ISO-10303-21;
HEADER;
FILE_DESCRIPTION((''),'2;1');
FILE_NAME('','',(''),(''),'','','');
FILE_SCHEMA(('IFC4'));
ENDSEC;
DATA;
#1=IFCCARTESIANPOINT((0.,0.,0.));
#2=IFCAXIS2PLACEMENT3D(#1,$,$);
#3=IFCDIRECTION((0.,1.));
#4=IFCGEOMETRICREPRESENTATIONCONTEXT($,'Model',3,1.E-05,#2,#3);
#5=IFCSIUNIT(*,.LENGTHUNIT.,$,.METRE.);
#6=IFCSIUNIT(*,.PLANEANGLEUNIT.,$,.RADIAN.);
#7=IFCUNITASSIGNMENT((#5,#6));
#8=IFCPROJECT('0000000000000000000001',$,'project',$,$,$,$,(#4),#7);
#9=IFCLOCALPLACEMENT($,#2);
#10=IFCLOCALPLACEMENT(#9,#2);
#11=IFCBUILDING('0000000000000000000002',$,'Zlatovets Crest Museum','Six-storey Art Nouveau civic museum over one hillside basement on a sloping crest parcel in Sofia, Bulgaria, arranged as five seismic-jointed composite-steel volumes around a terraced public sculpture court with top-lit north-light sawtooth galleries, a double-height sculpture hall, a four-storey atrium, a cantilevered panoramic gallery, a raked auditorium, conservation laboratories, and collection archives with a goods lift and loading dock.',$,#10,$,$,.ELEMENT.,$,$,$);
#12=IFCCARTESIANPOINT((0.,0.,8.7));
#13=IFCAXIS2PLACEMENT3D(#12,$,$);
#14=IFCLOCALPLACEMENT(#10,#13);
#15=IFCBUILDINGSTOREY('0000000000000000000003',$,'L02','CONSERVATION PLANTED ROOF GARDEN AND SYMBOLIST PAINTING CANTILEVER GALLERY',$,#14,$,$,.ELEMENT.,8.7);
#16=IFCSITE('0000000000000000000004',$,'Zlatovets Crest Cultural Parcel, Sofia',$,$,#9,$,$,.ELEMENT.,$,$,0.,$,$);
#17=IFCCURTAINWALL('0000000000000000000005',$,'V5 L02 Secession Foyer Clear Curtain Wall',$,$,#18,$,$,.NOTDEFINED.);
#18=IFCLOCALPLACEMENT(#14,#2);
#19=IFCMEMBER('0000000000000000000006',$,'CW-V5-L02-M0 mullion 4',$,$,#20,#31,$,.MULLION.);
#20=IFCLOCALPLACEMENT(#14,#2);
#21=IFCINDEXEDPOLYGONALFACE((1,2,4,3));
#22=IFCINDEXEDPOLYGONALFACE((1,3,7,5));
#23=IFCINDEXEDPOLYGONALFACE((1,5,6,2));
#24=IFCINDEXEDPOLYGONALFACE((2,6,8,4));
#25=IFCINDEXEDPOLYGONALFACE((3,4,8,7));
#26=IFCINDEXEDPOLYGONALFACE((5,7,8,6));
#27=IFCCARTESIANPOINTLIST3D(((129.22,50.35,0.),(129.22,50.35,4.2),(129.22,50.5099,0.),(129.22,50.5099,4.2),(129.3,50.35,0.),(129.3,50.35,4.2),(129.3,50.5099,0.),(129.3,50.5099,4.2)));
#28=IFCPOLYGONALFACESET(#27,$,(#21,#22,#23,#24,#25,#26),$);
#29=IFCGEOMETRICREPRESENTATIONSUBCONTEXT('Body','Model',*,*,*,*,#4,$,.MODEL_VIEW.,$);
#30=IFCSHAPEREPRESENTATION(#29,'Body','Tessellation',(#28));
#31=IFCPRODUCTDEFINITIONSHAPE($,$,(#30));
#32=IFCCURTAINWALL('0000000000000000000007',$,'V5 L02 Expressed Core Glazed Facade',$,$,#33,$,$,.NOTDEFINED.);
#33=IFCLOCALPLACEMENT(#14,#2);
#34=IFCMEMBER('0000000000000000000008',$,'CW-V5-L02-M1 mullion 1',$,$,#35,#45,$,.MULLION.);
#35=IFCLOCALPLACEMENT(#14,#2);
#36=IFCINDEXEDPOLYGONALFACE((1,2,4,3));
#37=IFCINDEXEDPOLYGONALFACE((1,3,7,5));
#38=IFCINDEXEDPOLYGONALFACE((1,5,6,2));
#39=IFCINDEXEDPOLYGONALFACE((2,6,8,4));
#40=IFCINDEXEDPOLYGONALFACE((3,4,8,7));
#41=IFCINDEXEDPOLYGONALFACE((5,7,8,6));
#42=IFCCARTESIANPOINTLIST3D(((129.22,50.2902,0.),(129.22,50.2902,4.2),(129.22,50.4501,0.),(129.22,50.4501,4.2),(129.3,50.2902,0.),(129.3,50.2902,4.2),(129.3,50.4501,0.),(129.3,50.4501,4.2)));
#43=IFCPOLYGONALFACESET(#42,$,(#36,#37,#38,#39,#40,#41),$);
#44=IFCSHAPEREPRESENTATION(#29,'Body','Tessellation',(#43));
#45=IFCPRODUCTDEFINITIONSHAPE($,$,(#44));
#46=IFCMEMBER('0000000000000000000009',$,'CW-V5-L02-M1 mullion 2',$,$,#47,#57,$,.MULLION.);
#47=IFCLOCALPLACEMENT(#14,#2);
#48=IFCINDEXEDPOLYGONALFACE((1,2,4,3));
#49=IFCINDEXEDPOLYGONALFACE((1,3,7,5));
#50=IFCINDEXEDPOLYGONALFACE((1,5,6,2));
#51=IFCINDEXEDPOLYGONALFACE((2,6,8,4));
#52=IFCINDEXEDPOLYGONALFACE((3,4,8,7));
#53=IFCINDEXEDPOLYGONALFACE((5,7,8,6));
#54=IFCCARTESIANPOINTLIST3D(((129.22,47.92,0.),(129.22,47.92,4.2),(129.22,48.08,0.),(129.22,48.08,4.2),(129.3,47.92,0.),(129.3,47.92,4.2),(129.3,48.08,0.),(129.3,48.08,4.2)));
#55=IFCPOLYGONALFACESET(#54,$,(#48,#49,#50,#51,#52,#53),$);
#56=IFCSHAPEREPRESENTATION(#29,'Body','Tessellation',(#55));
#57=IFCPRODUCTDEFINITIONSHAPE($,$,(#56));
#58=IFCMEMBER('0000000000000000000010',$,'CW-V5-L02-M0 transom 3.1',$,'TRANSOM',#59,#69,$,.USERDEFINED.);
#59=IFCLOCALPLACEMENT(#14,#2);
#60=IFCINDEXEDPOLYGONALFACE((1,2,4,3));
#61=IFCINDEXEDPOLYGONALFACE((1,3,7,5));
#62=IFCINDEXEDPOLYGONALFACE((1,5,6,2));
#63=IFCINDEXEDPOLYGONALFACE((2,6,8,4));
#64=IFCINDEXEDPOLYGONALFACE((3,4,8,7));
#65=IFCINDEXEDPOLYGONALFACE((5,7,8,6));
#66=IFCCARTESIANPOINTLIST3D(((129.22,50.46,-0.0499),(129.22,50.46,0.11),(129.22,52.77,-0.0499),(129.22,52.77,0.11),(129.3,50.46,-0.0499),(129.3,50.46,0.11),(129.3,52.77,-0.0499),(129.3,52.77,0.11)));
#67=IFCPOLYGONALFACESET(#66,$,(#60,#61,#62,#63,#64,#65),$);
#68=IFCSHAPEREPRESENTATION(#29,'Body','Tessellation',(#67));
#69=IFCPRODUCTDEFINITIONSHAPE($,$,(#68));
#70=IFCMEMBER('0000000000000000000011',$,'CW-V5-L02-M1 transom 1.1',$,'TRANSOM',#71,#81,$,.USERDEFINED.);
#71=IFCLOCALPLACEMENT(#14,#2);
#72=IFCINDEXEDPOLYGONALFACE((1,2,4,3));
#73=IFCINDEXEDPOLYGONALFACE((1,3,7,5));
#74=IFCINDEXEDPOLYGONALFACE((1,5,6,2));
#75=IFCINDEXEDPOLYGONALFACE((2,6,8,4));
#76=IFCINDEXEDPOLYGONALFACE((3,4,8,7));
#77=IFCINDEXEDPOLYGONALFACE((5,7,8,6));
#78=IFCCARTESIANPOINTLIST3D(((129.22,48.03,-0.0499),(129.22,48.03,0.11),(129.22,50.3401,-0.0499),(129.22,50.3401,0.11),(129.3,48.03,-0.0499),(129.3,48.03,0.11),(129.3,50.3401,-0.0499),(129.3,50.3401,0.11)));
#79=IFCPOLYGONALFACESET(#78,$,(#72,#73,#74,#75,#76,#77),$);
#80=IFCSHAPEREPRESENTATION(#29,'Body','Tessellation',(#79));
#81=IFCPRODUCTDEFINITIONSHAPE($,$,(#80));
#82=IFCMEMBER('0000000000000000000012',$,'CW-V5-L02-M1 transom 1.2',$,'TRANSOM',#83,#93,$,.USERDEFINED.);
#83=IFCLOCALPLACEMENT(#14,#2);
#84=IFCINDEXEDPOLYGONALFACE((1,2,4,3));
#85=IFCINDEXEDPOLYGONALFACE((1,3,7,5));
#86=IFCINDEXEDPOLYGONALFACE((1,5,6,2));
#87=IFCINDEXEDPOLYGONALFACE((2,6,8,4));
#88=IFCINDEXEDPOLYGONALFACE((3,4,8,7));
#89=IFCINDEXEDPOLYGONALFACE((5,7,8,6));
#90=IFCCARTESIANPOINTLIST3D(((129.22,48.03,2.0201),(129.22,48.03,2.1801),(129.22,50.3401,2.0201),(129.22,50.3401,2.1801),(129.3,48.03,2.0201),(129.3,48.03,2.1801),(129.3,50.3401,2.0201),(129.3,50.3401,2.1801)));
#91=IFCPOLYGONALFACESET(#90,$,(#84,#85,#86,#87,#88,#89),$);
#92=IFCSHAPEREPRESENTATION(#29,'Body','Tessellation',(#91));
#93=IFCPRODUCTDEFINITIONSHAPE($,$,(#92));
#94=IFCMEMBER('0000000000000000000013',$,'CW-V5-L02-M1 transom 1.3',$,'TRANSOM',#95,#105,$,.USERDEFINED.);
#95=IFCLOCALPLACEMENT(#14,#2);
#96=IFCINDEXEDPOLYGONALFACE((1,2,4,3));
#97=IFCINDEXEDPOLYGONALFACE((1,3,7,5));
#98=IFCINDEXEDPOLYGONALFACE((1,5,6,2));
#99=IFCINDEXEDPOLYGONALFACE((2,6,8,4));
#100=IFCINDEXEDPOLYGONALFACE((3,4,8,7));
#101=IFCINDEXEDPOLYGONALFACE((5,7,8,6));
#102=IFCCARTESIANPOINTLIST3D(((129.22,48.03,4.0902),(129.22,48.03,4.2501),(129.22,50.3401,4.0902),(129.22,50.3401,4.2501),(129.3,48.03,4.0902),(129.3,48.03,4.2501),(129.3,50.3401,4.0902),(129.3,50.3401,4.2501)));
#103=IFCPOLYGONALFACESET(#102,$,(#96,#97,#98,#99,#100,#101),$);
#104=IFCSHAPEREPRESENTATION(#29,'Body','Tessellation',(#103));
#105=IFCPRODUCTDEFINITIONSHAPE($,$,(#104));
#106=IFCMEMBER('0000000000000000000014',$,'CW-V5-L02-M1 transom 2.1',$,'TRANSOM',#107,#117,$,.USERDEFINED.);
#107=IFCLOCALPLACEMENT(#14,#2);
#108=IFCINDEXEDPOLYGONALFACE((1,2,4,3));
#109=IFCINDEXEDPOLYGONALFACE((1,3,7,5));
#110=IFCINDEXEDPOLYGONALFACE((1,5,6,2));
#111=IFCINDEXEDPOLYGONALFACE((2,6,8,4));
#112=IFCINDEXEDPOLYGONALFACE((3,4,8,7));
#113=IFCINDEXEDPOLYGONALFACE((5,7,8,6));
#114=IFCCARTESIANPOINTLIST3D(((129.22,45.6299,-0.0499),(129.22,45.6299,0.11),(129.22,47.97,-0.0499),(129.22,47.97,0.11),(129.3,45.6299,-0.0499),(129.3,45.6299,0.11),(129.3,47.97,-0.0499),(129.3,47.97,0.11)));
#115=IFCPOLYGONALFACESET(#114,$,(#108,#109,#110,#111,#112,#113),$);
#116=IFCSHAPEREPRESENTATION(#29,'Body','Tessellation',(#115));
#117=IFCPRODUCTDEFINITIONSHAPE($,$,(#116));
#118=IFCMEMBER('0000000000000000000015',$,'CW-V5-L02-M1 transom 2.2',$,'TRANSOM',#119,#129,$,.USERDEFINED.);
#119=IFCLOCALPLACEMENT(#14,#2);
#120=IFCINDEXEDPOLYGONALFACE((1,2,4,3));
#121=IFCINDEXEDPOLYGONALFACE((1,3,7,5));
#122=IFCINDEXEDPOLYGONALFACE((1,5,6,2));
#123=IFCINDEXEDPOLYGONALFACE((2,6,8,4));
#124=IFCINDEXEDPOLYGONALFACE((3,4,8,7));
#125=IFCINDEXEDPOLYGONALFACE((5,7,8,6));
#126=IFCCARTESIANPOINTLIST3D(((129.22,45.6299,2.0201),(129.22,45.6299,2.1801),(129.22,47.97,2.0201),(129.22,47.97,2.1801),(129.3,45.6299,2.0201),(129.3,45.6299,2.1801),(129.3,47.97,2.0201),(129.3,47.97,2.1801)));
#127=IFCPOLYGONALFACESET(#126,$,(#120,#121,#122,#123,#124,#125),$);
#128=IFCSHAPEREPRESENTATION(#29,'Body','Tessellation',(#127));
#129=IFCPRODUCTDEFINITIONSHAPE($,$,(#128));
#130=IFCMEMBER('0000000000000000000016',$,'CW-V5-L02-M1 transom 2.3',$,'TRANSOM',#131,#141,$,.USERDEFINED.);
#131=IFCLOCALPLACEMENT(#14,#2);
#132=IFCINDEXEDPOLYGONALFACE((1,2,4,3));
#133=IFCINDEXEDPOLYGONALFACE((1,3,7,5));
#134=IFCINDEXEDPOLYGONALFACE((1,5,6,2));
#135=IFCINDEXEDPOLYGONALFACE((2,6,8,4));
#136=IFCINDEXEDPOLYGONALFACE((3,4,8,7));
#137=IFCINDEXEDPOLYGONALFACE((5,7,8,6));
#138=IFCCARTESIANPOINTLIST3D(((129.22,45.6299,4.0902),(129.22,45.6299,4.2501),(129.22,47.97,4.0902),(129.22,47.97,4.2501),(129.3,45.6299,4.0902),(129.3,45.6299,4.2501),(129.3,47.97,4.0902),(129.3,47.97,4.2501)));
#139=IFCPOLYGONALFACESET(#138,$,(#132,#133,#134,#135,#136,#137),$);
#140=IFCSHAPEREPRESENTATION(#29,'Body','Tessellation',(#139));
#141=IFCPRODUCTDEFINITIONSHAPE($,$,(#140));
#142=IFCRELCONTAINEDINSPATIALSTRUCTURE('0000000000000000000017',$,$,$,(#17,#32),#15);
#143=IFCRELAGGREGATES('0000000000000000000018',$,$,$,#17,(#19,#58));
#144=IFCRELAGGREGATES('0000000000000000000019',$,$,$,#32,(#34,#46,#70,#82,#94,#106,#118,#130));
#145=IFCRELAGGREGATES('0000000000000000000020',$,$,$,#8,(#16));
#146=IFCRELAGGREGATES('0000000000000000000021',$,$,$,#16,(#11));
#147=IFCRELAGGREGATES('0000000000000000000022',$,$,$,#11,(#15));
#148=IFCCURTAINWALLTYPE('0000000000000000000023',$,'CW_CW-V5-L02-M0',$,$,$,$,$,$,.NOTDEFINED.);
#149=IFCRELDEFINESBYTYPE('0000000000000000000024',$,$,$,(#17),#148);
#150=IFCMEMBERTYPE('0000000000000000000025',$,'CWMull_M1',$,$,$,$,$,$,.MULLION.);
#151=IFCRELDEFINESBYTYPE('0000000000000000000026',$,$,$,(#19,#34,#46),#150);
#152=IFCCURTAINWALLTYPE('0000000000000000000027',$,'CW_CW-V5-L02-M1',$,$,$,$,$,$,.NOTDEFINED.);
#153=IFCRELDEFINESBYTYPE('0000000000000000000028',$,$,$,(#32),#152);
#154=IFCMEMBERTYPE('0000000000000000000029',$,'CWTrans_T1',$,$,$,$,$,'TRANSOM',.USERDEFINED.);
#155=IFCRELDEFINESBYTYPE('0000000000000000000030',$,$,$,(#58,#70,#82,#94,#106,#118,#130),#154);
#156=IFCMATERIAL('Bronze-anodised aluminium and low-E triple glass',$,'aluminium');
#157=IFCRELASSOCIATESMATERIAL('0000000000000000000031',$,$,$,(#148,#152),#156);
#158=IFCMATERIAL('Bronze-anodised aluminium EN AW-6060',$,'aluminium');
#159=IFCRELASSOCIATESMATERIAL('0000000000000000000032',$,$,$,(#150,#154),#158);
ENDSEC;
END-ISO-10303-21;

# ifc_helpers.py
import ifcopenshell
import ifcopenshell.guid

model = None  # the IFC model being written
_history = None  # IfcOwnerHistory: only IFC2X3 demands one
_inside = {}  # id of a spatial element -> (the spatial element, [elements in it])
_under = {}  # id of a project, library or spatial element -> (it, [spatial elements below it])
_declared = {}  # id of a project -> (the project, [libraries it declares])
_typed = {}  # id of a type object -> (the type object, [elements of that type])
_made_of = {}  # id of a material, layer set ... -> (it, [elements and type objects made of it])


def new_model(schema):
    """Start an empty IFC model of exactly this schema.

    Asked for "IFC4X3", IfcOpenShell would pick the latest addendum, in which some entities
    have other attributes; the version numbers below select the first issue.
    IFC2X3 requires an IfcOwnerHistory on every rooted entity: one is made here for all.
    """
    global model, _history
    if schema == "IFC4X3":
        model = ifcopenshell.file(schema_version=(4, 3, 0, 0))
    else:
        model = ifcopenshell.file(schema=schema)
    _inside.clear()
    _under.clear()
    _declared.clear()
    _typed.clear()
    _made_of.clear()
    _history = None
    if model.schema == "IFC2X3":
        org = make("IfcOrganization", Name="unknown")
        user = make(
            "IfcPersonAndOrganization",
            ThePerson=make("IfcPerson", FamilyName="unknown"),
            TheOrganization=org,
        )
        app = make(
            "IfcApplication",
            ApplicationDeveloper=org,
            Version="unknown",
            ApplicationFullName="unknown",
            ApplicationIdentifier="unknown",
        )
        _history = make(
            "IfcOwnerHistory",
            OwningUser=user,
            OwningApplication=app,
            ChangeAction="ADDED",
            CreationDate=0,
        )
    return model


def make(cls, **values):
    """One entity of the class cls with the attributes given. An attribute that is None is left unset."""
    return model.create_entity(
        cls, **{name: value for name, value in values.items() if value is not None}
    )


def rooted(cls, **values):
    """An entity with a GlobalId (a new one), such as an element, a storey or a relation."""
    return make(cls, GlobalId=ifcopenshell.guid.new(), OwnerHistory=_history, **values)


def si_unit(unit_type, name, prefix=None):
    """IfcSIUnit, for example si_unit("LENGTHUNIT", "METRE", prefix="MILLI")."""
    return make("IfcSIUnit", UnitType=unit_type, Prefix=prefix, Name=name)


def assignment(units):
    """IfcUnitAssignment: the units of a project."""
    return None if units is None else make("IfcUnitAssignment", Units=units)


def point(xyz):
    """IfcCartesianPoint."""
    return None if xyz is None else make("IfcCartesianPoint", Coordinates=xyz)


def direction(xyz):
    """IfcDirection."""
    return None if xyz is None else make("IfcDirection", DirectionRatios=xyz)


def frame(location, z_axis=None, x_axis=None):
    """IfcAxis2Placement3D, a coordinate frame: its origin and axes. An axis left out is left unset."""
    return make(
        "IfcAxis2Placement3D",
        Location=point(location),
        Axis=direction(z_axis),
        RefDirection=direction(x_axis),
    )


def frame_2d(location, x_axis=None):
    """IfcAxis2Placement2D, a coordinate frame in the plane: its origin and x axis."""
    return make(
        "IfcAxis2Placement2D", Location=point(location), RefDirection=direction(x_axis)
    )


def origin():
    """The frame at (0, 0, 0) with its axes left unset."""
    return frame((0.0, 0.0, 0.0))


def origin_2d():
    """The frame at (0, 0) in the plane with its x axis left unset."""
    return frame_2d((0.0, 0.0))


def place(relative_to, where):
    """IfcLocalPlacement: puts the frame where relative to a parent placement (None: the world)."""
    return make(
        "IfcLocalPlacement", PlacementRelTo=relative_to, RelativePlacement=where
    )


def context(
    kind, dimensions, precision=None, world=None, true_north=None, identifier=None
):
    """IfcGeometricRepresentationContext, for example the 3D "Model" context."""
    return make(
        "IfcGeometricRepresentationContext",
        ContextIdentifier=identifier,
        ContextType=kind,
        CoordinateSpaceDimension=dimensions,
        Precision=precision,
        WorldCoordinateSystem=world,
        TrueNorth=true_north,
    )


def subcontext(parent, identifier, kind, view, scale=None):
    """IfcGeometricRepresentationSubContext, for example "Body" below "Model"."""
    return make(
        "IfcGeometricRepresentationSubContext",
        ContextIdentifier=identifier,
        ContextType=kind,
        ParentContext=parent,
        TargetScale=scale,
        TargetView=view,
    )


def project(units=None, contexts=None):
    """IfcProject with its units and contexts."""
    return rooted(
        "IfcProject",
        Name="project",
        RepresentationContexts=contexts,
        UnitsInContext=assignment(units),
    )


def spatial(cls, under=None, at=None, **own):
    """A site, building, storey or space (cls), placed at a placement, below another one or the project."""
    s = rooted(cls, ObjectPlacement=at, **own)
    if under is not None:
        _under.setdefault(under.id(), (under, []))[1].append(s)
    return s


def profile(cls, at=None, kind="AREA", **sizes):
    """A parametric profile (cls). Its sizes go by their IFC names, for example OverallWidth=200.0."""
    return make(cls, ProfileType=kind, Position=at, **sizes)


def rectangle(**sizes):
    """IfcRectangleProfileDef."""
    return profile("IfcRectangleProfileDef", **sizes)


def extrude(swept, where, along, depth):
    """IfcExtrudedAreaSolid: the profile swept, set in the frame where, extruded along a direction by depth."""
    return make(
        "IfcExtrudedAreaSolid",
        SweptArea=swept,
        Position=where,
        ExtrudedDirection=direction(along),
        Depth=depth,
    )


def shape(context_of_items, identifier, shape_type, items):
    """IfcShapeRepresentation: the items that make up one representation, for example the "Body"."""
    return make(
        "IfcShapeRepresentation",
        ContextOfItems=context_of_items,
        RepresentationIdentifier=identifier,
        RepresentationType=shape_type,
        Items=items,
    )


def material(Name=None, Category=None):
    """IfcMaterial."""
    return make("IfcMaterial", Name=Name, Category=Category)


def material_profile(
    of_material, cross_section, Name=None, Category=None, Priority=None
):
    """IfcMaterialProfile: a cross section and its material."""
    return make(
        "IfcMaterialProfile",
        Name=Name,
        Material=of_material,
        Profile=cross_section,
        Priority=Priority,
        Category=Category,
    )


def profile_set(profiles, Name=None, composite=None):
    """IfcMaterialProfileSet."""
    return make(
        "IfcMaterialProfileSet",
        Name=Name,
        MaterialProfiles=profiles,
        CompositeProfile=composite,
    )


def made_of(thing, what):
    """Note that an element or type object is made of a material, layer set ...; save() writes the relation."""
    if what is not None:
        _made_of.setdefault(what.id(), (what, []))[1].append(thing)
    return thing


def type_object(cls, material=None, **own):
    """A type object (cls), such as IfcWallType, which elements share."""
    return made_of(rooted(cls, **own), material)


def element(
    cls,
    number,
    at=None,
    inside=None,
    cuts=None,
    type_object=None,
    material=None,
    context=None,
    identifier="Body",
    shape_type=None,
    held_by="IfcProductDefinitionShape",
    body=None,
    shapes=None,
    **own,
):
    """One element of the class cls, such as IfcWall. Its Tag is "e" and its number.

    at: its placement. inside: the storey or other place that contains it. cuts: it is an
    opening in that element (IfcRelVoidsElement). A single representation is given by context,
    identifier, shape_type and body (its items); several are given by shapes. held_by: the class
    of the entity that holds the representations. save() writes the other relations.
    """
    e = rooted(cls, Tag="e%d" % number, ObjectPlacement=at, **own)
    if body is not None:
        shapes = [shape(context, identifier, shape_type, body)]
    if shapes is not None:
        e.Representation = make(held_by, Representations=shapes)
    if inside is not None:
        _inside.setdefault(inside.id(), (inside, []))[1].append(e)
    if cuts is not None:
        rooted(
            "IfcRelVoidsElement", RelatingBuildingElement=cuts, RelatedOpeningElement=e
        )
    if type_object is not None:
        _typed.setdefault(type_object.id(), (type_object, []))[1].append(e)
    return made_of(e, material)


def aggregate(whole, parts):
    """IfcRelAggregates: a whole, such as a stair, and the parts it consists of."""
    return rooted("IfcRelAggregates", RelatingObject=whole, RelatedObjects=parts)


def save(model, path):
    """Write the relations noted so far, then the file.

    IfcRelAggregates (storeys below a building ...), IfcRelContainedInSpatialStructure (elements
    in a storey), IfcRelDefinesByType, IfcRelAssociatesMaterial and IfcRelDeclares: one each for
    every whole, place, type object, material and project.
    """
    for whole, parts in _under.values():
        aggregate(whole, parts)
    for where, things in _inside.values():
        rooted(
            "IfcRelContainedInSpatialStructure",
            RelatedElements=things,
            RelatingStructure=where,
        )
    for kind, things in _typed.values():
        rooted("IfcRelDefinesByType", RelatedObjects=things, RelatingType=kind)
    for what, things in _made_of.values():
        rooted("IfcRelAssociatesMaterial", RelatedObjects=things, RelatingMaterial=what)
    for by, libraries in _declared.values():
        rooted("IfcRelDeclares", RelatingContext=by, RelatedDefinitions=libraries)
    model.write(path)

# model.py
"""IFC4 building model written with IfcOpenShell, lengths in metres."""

from ifc_helpers import new_model, si_unit, direction, frame, origin, origin_2d, place, context, subcontext, project, spatial, rectangle, extrude, material, material_profile, profile_set, type_object, element, aggregate, save


model = new_model("IFC4")

# Units and contexts
model_context = context("Model", 3, precision=1e-05, world=origin(), true_north=direction((0.0, 1.0)))
body_context = subcontext(model_context, "Body", "Model", "MODEL_VIEW")
ifc_project = project(units=[si_unit("LENGTHUNIT", "METRE"), si_unit("PLANEANGLEUNIT", "RADIAN")], contexts=[model_context])

# Site, building, storey
site_placement = place(None, origin())
site = spatial("IfcSite", under=ifc_project, at=site_placement, Name="Zlatovets Crest Cultural Parcel, Sofia", CompositionType="ELEMENT", RefElevation=0.0)
building_placement = place(site_placement, origin())
building = spatial("IfcBuilding", under=site, at=building_placement, Name="Zlatovets Crest Museum", Description="Six-storey Art Nouveau civic museum over one hillside basement on a sloping crest parcel in Sofia, Bulgaria, arranged as five seismic-jointed composite-steel volumes around a terraced public sculpture court with top-lit north-light sawtooth galleries, a double-height sculpture hall, a four-storey atrium, a cantilevered panoramic gallery, a raked auditorium, conservation laboratories, and collection archives with a goods lift and loading dock.", CompositionType="ELEMENT")
storey_placement = place(building_placement, frame((0.0, 0.0, 8.7)))
storey = spatial("IfcBuildingStorey", under=building, at=storey_placement, Name="L02", Description="CONSERVATION PLANTED ROOF GARDEN AND SYMBOLIST PAINTING CANTILEVER GALLERY", CompositionType="ELEMENT", Elevation=8.7)

# Curtain wall, member
ifc_material_1 = material(Name="Bronze-anodised aluminium and low-E triple glass", Category="aluminium")
curtain_wall_type_1 = type_object("IfcCurtainWallType", Name="CW_CW-V5-L02-M0", PredefinedType="NOTDEFINED", material=ifc_material_1)
curtain_wall_1_placement = place(storey_placement, origin())
curtain_wall_1 = element("IfcCurtainWall", 1, at=curtain_wall_1_placement, inside=storey, type_object=curtain_wall_type_1, Name="V5 L02 Secession Foyer Clear Curtain Wall", PredefinedType="NOTDEFINED")
ifc_material_2 = material(Name="Bronze-anodised aluminium EN AW-6060", Category="aluminium")
ifc_material_profile_1 = material_profile(ifc_material_2, rectangle(XDim=0.0801, YDim=0.1599, at=origin_2d()), Name="ALU 80x160")
ifc_profile_set_1 = profile_set([ifc_material_profile_1], Name="Bronze-anodised aluminium EN AW-6060")
member_type_1 = type_object("IfcMemberType", Name="CWMull_M1", PredefinedType="MULLION", material=ifc_profile_set_1)
member_1_placement = place(storey_placement, frame((129.26, 50.4299, 0.0), z_axis=(0.0, 0.0, 1.0), x_axis=(1.0, 0.0, 0.0)))
member_1 = element("IfcMember", 2, at=member_1_placement, type_object=member_type_1, Name="CW-V5-L02-M0 mullion 4", PredefinedType="MULLION", context=body_context, shape_type="SweptSolid", body=[
    extrude(rectangle(XDim=0.0801, YDim=0.1599, at=origin_2d()), origin(), (0.0, 0.0, 1.0), 4.2),
])

# Curtain wall, members
curtain_wall_type_2 = type_object("IfcCurtainWallType", Name="CW_CW-V5-L02-M1", PredefinedType="NOTDEFINED", material=ifc_material_1)
curtain_wall_2_placement = place(storey_placement, origin())
curtain_wall_2 = element("IfcCurtainWall", 3, at=curtain_wall_2_placement, inside=storey, type_object=curtain_wall_type_2, Name="V5 L02 Expressed Core Glazed Facade", PredefinedType="NOTDEFINED")
member_2_placement = place(storey_placement, frame((129.26, 50.3701, 0.0), z_axis=(0.0, 0.0, 1.0), x_axis=(1.0, 0.0, 0.0)))
member_2 = element("IfcMember", 4, at=member_2_placement, type_object=member_type_1, Name="CW-V5-L02-M1 mullion 1", PredefinedType="MULLION", context=body_context, shape_type="SweptSolid", body=[
    extrude(rectangle(XDim=0.0801, YDim=0.1599, at=origin_2d()), origin(), (0.0, 0.0, 1.0), 4.2),
])
member_3_placement = place(storey_placement, frame((129.26, 48.0, 0.0), z_axis=(0.0, 0.0, 1.0), x_axis=(1.0, 0.0, 0.0)))
member_3 = element("IfcMember", 5, at=member_3_placement, type_object=member_type_1, Name="CW-V5-L02-M1 mullion 2", PredefinedType="MULLION", context=body_context, shape_type="SweptSolid", body=[
    extrude(rectangle(XDim=0.0801, YDim=0.1599, at=origin_2d()), origin(), (0.0, 0.0, 1.0), 4.2),
])

# Members
ifc_material_profile_2 = material_profile(ifc_material_2, rectangle(XDim=0.0801, YDim=0.1599, at=origin_2d()), Name="ALU 80x160")
ifc_profile_set_2 = profile_set([ifc_material_profile_2], Name="Bronze-anodised aluminium EN AW-6060")
member_type_2 = type_object("IfcMemberType", Name="CWTrans_T1", ElementType="TRANSOM", PredefinedType="USERDEFINED", material=ifc_profile_set_2)
member_4_placement = place(storey_placement, frame((129.26, 52.77, 0.03), z_axis=(0.0, -1.0, 0.0), x_axis=(1.0, 0.0, 0.0)))
member_4 = element("IfcMember", 6, at=member_4_placement, type_object=member_type_2, Name="CW-V5-L02-M0 transom 3.1", ObjectType="TRANSOM", PredefinedType="USERDEFINED", context=body_context, shape_type="SweptSolid", body=[
    extrude(rectangle(XDim=0.0801, YDim=0.1599, at=origin_2d()), origin(), (0.0, 0.0, 1.0), 2.3101),
])
member_5_placement = place(storey_placement, frame((129.26, 50.3401, 0.03), z_axis=(0.0, -1.0, 0.0), x_axis=(1.0, 0.0, 0.0)))
member_5 = element("IfcMember", 7, at=member_5_placement, type_object=member_type_2, Name="CW-V5-L02-M1 transom 1.1", ObjectType="TRANSOM", PredefinedType="USERDEFINED", context=body_context, shape_type="SweptSolid", body=[
    extrude(rectangle(XDim=0.0801, YDim=0.1599, at=origin_2d()), origin(), (0.0, 0.0, 1.0), 2.3101),
])
member_6_placement = place(storey_placement, frame((129.26, 50.3401, 2.1001), z_axis=(0.0, -1.0, 0.0), x_axis=(1.0, 0.0, 0.0)))
member_6 = element("IfcMember", 8, at=member_6_placement, type_object=member_type_2, Name="CW-V5-L02-M1 transom 1.2", ObjectType="TRANSOM", PredefinedType="USERDEFINED", context=body_context, shape_type="SweptSolid", body=[
    extrude(rectangle(XDim=0.0801, YDim=0.1599, at=origin_2d()), origin(), (0.0, 0.0, 1.0), 2.3101),
])
member_7_placement = place(storey_placement, frame((129.26, 50.3401, 4.1702), z_axis=(0.0, -1.0, 0.0), x_axis=(1.0, 0.0, 0.0)))
member_7 = element("IfcMember", 9, at=member_7_placement, type_object=member_type_2, Name="CW-V5-L02-M1 transom 1.3", ObjectType="TRANSOM", PredefinedType="USERDEFINED", context=body_context, shape_type="SweptSolid", body=[
    extrude(rectangle(XDim=0.0801, YDim=0.1599, at=origin_2d()), origin(), (0.0, 0.0, 1.0), 2.3101),
])
member_8_placement = place(storey_placement, frame((129.26, 47.97, 0.03), z_axis=(0.0, -1.0, 0.0), x_axis=(1.0, 0.0, 0.0)))
member_8 = element("IfcMember", 10, at=member_8_placement, type_object=member_type_2, Name="CW-V5-L02-M1 transom 2.1", ObjectType="TRANSOM", PredefinedType="USERDEFINED", context=body_context, shape_type="SweptSolid", body=[
    extrude(rectangle(XDim=0.0801, YDim=0.1599, at=origin_2d()), origin(), (0.0, 0.0, 1.0), 2.3401),
])
member_9_placement = place(storey_placement, frame((129.26, 47.97, 2.1001), z_axis=(0.0, -1.0, 0.0), x_axis=(1.0, 0.0, 0.0)))
member_9 = element("IfcMember", 11, at=member_9_placement, type_object=member_type_2, Name="CW-V5-L02-M1 transom 2.2", ObjectType="TRANSOM", PredefinedType="USERDEFINED", context=body_context, shape_type="SweptSolid", body=[
    extrude(rectangle(XDim=0.0801, YDim=0.1599, at=origin_2d()), origin(), (0.0, 0.0, 1.0), 2.3401),
])
member_10_placement = place(storey_placement, frame((129.26, 47.97, 4.1702), z_axis=(0.0, -1.0, 0.0), x_axis=(1.0, 0.0, 0.0)))
member_10 = element("IfcMember", 12, at=member_10_placement, type_object=member_type_2, Name="CW-V5-L02-M1 transom 2.3", ObjectType="TRANSOM", PredefinedType="USERDEFINED", context=body_context, shape_type="SweptSolid", body=[
    extrude(rectangle(XDim=0.0801, YDim=0.1599, at=origin_2d()), origin(), (0.0, 0.0, 1.0), 2.3401),
])

aggregate(curtain_wall_1, [member_1, member_4])
aggregate(curtain_wall_2, [member_2, member_3, member_5, member_6, member_7, member_8, member_9, member_10])

save(model, "model.ifc")
